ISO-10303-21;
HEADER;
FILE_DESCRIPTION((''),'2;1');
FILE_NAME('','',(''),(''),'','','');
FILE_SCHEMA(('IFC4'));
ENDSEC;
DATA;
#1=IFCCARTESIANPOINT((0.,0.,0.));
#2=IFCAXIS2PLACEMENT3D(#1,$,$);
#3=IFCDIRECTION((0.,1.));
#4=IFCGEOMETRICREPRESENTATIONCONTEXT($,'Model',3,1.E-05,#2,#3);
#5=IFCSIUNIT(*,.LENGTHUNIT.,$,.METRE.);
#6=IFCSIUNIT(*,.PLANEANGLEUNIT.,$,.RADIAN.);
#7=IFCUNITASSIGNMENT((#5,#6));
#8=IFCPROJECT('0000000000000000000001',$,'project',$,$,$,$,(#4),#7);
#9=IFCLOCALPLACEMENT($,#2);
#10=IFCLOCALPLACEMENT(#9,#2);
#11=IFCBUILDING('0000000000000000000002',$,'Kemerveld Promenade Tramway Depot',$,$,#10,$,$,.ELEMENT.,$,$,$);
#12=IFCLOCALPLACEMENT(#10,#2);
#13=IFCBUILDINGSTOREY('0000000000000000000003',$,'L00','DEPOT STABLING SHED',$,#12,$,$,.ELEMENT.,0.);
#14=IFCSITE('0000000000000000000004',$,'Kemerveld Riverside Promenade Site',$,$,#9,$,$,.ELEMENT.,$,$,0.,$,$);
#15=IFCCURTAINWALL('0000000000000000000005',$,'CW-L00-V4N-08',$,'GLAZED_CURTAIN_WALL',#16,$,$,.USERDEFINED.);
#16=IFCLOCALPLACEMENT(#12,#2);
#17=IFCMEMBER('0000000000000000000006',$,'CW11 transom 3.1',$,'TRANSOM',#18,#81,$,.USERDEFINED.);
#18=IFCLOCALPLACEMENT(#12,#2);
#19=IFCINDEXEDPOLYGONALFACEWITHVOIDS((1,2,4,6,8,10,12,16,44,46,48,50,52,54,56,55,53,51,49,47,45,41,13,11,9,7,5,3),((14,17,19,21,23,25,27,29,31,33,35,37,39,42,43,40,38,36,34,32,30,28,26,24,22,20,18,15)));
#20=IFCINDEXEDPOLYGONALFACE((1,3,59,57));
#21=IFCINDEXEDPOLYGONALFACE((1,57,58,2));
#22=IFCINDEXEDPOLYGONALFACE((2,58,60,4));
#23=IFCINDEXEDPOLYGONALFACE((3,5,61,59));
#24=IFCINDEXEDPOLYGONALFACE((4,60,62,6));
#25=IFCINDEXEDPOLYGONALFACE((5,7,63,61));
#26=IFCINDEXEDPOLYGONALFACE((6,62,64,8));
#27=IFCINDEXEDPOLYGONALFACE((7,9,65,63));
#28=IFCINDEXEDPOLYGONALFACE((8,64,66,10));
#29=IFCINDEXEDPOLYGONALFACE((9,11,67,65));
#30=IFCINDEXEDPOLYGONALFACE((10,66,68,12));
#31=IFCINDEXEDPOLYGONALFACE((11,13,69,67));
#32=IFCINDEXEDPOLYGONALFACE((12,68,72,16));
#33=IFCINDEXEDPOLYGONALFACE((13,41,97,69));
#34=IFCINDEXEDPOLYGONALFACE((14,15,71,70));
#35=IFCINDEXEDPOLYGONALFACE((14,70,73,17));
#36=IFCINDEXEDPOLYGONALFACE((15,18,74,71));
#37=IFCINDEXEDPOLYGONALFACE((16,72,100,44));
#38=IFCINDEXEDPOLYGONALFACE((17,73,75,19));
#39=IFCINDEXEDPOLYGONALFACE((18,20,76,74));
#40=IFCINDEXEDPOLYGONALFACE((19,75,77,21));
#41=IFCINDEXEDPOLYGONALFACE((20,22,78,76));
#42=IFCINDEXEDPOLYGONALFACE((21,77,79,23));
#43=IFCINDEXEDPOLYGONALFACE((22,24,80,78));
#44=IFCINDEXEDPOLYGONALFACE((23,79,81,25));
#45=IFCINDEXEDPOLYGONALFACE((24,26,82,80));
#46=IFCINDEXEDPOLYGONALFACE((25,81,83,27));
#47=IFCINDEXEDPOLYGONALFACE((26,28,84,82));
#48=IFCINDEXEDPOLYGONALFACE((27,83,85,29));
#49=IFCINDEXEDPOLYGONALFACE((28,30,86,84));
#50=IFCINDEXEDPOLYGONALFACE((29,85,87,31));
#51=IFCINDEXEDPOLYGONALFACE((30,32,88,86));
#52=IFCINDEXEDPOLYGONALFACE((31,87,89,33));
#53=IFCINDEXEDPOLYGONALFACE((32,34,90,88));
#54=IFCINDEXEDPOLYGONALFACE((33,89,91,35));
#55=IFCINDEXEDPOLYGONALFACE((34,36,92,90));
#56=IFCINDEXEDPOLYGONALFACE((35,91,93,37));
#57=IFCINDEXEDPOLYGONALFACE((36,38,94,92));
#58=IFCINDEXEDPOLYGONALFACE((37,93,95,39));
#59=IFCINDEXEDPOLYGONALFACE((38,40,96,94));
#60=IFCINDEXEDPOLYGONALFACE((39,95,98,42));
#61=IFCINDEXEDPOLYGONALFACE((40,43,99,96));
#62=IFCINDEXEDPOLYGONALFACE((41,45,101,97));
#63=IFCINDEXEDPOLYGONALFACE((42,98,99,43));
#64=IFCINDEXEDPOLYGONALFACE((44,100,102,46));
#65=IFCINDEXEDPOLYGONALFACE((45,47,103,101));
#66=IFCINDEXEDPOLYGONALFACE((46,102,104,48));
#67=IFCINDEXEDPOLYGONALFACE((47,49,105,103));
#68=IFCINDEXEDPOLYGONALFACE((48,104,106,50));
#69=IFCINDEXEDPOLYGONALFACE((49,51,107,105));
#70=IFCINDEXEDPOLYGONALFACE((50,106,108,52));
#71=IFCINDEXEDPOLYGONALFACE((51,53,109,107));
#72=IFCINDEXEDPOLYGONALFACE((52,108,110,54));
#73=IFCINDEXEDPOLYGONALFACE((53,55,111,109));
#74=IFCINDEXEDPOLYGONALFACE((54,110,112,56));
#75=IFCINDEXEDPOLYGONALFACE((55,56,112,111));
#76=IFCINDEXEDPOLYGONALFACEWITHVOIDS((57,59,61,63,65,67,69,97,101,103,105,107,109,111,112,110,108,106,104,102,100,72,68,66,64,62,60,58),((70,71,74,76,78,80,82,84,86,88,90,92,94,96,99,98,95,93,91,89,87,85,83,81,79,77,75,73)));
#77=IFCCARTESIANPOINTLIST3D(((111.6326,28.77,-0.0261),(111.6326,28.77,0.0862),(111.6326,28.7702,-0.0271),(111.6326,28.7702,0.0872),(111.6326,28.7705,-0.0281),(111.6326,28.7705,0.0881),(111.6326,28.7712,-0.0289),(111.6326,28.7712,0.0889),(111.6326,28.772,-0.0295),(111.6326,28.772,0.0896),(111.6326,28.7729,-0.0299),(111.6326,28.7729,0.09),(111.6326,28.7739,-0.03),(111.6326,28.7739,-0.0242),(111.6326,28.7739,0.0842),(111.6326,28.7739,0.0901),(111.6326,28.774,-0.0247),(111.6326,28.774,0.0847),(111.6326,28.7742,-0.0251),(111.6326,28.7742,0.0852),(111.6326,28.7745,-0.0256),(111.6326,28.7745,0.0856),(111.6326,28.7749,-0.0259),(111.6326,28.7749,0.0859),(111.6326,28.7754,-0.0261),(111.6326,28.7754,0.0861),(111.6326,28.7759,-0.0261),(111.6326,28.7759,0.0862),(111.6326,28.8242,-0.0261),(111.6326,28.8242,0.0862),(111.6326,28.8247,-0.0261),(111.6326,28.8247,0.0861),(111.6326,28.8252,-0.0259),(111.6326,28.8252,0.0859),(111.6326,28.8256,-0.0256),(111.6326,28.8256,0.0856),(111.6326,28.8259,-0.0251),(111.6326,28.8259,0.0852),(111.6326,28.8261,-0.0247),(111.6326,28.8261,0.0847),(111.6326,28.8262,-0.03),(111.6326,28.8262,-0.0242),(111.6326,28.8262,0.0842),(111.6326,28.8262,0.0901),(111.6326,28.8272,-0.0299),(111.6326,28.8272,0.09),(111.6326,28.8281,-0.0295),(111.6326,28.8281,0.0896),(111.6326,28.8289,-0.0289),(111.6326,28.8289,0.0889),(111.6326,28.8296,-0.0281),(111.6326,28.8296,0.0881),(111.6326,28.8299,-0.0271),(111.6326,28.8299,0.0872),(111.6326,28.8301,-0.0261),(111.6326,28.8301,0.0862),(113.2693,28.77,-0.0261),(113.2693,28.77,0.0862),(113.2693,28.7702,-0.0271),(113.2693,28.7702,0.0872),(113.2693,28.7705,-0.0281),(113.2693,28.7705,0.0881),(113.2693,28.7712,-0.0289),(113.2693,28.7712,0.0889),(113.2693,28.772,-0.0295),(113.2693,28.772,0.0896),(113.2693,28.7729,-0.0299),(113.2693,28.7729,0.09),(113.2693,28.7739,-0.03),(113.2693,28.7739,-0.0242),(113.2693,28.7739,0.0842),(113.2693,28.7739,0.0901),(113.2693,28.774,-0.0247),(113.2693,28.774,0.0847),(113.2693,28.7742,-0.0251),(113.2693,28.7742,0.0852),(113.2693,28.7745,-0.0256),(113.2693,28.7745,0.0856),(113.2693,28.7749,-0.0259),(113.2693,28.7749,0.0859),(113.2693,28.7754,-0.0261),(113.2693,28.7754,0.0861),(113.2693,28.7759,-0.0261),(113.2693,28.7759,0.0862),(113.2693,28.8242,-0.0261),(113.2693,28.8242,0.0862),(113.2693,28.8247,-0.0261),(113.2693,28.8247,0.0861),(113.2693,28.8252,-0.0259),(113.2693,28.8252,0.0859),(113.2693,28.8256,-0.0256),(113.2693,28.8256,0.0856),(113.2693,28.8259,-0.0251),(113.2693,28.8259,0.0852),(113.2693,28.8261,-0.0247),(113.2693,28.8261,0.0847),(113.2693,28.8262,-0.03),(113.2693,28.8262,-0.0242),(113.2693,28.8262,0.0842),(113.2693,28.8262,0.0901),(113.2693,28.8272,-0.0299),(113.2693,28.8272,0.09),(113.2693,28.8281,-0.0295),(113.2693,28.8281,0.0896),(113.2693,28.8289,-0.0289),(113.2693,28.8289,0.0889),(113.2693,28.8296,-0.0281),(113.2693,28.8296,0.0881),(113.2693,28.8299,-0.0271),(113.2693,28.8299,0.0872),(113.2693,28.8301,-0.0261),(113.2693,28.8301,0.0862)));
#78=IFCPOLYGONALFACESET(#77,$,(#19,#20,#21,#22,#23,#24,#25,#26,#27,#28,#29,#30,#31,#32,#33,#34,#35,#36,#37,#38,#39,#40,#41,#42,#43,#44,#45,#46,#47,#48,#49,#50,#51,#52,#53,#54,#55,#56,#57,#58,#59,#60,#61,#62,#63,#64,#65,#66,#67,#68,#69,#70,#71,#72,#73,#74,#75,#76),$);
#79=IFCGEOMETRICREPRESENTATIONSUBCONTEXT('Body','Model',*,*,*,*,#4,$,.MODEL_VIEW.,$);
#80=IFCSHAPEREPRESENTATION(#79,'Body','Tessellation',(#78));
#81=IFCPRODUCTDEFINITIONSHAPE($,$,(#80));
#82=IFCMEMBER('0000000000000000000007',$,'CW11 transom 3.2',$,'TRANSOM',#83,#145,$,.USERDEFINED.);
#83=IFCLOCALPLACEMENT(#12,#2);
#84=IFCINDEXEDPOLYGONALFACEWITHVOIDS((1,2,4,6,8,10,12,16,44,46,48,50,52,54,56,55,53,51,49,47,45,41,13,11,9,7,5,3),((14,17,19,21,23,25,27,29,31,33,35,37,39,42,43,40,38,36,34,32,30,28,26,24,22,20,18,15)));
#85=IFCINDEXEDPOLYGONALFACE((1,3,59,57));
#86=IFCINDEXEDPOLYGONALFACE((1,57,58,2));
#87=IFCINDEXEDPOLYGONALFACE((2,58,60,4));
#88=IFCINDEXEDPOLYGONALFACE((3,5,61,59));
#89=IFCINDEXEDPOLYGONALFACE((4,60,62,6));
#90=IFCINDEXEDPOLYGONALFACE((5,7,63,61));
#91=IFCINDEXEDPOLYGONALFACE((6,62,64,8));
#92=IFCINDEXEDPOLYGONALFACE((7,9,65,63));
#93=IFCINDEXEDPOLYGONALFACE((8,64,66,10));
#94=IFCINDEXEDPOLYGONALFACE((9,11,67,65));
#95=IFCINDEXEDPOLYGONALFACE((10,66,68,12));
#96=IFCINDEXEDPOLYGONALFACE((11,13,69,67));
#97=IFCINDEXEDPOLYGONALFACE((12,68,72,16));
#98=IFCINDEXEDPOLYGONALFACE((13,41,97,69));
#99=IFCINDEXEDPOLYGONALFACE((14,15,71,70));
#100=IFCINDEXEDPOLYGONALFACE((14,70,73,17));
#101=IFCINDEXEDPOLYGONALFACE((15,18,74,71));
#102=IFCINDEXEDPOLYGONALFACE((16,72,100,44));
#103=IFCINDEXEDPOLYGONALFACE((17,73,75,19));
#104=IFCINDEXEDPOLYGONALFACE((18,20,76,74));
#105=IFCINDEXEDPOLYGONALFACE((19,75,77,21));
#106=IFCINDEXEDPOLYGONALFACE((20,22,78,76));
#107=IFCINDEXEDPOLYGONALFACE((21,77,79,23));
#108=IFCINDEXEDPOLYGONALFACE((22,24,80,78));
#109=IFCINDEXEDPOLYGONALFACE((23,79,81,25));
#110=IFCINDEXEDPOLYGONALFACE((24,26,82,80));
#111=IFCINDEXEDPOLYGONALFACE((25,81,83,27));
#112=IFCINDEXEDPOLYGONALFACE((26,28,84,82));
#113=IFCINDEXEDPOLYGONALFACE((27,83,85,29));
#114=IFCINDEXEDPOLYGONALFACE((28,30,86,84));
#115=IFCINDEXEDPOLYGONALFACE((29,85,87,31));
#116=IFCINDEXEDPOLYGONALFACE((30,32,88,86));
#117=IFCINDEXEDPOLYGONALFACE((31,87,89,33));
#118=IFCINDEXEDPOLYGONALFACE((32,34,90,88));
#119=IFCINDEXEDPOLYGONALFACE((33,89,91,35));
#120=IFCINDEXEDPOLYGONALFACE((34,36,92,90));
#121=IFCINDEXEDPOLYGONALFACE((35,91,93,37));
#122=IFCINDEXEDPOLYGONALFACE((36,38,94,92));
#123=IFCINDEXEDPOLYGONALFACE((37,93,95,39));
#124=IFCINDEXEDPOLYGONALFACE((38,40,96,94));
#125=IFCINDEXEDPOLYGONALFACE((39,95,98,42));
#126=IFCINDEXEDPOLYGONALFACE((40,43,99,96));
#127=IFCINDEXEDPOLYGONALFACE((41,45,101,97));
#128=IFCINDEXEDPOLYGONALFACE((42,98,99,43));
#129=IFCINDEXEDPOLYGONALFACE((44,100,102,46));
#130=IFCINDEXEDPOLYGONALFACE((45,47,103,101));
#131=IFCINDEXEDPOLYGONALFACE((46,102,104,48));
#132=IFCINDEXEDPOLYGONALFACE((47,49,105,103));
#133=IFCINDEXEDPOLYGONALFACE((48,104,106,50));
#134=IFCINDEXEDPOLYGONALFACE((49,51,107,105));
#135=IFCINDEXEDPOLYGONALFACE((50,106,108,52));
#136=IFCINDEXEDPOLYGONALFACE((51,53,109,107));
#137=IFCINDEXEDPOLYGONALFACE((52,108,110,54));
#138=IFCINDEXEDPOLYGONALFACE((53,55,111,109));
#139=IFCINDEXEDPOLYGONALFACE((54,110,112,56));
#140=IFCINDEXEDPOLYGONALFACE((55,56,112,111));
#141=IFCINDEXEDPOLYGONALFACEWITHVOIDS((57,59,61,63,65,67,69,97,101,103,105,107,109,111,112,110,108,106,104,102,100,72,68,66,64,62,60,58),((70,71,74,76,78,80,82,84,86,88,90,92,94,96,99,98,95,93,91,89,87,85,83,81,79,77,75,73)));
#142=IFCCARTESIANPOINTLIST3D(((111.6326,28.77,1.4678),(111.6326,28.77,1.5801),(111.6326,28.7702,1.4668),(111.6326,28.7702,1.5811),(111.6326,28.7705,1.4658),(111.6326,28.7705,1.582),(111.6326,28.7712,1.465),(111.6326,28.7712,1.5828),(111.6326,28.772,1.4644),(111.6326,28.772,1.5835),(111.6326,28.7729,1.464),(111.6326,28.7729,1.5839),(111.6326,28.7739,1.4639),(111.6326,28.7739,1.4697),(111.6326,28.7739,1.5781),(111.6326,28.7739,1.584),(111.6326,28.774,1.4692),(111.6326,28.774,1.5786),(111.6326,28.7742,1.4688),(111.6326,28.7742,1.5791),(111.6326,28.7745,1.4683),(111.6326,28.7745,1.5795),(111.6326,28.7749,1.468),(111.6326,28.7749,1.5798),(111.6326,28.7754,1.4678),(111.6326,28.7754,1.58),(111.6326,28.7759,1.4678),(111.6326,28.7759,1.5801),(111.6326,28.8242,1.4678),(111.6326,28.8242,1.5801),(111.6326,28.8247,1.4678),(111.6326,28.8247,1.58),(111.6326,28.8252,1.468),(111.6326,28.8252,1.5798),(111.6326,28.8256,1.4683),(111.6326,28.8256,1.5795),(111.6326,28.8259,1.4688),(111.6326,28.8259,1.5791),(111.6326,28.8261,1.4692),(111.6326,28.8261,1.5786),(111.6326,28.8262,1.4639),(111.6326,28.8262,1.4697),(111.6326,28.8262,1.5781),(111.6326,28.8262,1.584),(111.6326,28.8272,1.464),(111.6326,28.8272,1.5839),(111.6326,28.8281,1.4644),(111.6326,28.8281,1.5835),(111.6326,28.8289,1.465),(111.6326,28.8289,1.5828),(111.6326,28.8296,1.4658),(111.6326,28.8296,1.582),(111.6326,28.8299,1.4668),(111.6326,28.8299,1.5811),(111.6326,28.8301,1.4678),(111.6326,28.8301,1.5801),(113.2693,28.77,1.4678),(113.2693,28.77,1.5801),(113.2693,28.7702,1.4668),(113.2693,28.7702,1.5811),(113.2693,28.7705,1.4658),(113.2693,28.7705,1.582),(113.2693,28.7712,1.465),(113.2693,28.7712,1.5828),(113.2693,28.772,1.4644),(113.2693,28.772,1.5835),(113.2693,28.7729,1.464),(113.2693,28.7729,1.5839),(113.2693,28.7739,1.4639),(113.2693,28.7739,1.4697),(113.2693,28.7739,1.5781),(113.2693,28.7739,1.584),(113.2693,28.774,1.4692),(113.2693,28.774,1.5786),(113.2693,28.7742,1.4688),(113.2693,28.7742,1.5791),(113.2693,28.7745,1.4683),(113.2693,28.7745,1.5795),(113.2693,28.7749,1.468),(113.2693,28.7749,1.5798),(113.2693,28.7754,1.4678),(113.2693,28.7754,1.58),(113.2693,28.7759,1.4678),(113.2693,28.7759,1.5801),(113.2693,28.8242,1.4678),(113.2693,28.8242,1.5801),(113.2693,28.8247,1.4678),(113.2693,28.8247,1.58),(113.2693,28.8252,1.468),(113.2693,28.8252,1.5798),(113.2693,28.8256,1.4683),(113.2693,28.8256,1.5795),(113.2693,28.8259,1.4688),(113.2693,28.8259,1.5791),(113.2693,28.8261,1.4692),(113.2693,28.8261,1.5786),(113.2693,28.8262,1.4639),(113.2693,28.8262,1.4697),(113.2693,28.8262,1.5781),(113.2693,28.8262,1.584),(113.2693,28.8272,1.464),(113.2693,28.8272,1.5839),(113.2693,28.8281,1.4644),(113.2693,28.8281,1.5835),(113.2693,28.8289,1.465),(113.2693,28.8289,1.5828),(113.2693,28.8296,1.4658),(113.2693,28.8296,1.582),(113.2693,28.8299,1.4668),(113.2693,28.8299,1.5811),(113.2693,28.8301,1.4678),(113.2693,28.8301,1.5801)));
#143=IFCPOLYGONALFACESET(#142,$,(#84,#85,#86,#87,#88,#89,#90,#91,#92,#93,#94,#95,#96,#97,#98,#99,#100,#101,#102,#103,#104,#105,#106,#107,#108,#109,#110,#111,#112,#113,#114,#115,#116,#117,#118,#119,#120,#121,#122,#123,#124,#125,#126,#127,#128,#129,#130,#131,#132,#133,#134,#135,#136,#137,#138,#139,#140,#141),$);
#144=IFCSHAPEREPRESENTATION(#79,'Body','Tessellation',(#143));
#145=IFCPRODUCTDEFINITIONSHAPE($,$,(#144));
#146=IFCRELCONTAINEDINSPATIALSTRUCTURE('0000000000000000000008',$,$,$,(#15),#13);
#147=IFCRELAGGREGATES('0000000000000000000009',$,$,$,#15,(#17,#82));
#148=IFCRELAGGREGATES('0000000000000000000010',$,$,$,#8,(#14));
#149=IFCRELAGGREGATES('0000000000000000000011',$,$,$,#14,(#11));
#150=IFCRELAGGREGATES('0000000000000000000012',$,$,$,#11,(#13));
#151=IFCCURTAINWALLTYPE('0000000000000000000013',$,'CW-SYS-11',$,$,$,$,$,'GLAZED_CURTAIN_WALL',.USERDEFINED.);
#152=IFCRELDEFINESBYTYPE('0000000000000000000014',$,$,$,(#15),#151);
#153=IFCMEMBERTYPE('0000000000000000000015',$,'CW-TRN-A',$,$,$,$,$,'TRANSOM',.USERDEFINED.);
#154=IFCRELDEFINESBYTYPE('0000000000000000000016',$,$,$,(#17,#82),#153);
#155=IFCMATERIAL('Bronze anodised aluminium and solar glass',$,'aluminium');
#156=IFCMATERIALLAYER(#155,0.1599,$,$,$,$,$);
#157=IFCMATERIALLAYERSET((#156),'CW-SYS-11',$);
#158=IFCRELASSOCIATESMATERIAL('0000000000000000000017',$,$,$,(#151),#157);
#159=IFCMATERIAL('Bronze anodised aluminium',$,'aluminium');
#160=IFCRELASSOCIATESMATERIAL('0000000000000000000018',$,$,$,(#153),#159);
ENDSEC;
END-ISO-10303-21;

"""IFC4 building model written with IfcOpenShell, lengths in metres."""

from ifc_helpers import new_model, si_unit, direction, frame, origin, origin_2d, place, context, subcontext, project, spatial, hollow_rectangle, extrude, material, layer, layer_set, material_profile, profile_set, type_object, element, aggregate, save


model = new_model("IFC4")

# Units and contexts
model_context = context("Model", 3, precision=1e-05, world=origin(), true_north=direction((0.0, 1.0)))
body_context = subcontext(model_context, "Body", "Model", "MODEL_VIEW")
ifc_project = project(units=[si_unit("LENGTHUNIT", "METRE"), si_unit("PLANEANGLEUNIT", "RADIAN")], contexts=[model_context])

# Site, building, storey
site_placement = place(None, origin())
site = spatial("IfcSite", under=ifc_project, at=site_placement, Name="Kemerveld Riverside Promenade Site", CompositionType="ELEMENT", RefElevation=0.0)
building_placement = place(site_placement, origin())
building = spatial("IfcBuilding", under=site, at=building_placement, Name="Kemerveld Promenade Tramway Depot", CompositionType="ELEMENT")
storey_placement = place(building_placement, origin())
storey = spatial("IfcBuildingStorey", under=building, at=storey_placement, Name="L00", Description="DEPOT STABLING SHED", CompositionType="ELEMENT", Elevation=0.0)

# Curtain wall, members
ifc_material_1 = material(Name="Bronze anodised aluminium and solar glass", Category="aluminium")
ifc_layer_1 = layer(ifc_material_1, 0.1599)
ifc_layer_set_1 = layer_set([ifc_layer_1], Name="CW-SYS-11")
curtain_wall_type = type_object("IfcCurtainWallType", Name="CW-SYS-11", ElementType="GLAZED_CURTAIN_WALL", PredefinedType="USERDEFINED", material=ifc_layer_set_1)
curtain_wall_placement = place(storey_placement, origin())
curtain_wall = element("IfcCurtainWall", 1, at=curtain_wall_placement, inside=storey, type_object=curtain_wall_type, Name="CW-L00-V4N-08", ObjectType="GLAZED_CURTAIN_WALL", PredefinedType="USERDEFINED")
ifc_material_2 = material(Name="Bronze anodised aluminium", Category="aluminium")
ifc_material_profile_1 = material_profile(ifc_material_2, hollow_rectangle(XDim=0.0601, YDim=0.1201, WallThickness=0.0039, InnerFilletRadius=0.002, OuterFilletRadius=0.0039, at=origin_2d()), Name="CW-TRN-120x60")
ifc_profile_set_1 = profile_set([ifc_material_profile_1], Name="Bronze anodised aluminium")
member_type_1 = type_object("IfcMemberType", Name="CW-TRN-A", ElementType="TRANSOM", PredefinedType="USERDEFINED", material=ifc_profile_set_1)
member_1_placement = place(storey_placement, frame((111.6326, 28.8, 0.03), z_axis=(1.0, 0.0, 0.0), x_axis=(0.0, 1.0, 0.0)))
member_1 = element("IfcMember", 2, at=member_1_placement, type_object=member_type_1, Name="CW11 transom 3.1", ObjectType="TRANSOM", PredefinedType="USERDEFINED", context=body_context, shape_type="SweptSolid", body=[
    extrude(hollow_rectangle(XDim=0.0601, YDim=0.1201, WallThickness=0.0039, InnerFilletRadius=0.002, OuterFilletRadius=0.0039, at=origin_2d()), origin(), (0.0, 0.0, 1.0), 1.6367),
])
member_2_placement = place(storey_placement, frame((111.6326, 28.8, 1.5239), z_axis=(1.0, 0.0, 0.0), x_axis=(0.0, 1.0, 0.0)))
member_2 = element("IfcMember", 3, at=member_2_placement, type_object=member_type_1, Name="CW11 transom 3.2", ObjectType="TRANSOM", PredefinedType="USERDEFINED", context=body_context, shape_type="SweptSolid", body=[
    extrude(hollow_rectangle(XDim=0.0601, YDim=0.1201, WallThickness=0.0039, InnerFilletRadius=0.002, OuterFilletRadius=0.0039, at=origin_2d()), origin(), (0.0, 0.0, 1.0), 1.6367),
])
aggregate(curtain_wall, [member_1, member_2])

save(model, "model.ifc")
